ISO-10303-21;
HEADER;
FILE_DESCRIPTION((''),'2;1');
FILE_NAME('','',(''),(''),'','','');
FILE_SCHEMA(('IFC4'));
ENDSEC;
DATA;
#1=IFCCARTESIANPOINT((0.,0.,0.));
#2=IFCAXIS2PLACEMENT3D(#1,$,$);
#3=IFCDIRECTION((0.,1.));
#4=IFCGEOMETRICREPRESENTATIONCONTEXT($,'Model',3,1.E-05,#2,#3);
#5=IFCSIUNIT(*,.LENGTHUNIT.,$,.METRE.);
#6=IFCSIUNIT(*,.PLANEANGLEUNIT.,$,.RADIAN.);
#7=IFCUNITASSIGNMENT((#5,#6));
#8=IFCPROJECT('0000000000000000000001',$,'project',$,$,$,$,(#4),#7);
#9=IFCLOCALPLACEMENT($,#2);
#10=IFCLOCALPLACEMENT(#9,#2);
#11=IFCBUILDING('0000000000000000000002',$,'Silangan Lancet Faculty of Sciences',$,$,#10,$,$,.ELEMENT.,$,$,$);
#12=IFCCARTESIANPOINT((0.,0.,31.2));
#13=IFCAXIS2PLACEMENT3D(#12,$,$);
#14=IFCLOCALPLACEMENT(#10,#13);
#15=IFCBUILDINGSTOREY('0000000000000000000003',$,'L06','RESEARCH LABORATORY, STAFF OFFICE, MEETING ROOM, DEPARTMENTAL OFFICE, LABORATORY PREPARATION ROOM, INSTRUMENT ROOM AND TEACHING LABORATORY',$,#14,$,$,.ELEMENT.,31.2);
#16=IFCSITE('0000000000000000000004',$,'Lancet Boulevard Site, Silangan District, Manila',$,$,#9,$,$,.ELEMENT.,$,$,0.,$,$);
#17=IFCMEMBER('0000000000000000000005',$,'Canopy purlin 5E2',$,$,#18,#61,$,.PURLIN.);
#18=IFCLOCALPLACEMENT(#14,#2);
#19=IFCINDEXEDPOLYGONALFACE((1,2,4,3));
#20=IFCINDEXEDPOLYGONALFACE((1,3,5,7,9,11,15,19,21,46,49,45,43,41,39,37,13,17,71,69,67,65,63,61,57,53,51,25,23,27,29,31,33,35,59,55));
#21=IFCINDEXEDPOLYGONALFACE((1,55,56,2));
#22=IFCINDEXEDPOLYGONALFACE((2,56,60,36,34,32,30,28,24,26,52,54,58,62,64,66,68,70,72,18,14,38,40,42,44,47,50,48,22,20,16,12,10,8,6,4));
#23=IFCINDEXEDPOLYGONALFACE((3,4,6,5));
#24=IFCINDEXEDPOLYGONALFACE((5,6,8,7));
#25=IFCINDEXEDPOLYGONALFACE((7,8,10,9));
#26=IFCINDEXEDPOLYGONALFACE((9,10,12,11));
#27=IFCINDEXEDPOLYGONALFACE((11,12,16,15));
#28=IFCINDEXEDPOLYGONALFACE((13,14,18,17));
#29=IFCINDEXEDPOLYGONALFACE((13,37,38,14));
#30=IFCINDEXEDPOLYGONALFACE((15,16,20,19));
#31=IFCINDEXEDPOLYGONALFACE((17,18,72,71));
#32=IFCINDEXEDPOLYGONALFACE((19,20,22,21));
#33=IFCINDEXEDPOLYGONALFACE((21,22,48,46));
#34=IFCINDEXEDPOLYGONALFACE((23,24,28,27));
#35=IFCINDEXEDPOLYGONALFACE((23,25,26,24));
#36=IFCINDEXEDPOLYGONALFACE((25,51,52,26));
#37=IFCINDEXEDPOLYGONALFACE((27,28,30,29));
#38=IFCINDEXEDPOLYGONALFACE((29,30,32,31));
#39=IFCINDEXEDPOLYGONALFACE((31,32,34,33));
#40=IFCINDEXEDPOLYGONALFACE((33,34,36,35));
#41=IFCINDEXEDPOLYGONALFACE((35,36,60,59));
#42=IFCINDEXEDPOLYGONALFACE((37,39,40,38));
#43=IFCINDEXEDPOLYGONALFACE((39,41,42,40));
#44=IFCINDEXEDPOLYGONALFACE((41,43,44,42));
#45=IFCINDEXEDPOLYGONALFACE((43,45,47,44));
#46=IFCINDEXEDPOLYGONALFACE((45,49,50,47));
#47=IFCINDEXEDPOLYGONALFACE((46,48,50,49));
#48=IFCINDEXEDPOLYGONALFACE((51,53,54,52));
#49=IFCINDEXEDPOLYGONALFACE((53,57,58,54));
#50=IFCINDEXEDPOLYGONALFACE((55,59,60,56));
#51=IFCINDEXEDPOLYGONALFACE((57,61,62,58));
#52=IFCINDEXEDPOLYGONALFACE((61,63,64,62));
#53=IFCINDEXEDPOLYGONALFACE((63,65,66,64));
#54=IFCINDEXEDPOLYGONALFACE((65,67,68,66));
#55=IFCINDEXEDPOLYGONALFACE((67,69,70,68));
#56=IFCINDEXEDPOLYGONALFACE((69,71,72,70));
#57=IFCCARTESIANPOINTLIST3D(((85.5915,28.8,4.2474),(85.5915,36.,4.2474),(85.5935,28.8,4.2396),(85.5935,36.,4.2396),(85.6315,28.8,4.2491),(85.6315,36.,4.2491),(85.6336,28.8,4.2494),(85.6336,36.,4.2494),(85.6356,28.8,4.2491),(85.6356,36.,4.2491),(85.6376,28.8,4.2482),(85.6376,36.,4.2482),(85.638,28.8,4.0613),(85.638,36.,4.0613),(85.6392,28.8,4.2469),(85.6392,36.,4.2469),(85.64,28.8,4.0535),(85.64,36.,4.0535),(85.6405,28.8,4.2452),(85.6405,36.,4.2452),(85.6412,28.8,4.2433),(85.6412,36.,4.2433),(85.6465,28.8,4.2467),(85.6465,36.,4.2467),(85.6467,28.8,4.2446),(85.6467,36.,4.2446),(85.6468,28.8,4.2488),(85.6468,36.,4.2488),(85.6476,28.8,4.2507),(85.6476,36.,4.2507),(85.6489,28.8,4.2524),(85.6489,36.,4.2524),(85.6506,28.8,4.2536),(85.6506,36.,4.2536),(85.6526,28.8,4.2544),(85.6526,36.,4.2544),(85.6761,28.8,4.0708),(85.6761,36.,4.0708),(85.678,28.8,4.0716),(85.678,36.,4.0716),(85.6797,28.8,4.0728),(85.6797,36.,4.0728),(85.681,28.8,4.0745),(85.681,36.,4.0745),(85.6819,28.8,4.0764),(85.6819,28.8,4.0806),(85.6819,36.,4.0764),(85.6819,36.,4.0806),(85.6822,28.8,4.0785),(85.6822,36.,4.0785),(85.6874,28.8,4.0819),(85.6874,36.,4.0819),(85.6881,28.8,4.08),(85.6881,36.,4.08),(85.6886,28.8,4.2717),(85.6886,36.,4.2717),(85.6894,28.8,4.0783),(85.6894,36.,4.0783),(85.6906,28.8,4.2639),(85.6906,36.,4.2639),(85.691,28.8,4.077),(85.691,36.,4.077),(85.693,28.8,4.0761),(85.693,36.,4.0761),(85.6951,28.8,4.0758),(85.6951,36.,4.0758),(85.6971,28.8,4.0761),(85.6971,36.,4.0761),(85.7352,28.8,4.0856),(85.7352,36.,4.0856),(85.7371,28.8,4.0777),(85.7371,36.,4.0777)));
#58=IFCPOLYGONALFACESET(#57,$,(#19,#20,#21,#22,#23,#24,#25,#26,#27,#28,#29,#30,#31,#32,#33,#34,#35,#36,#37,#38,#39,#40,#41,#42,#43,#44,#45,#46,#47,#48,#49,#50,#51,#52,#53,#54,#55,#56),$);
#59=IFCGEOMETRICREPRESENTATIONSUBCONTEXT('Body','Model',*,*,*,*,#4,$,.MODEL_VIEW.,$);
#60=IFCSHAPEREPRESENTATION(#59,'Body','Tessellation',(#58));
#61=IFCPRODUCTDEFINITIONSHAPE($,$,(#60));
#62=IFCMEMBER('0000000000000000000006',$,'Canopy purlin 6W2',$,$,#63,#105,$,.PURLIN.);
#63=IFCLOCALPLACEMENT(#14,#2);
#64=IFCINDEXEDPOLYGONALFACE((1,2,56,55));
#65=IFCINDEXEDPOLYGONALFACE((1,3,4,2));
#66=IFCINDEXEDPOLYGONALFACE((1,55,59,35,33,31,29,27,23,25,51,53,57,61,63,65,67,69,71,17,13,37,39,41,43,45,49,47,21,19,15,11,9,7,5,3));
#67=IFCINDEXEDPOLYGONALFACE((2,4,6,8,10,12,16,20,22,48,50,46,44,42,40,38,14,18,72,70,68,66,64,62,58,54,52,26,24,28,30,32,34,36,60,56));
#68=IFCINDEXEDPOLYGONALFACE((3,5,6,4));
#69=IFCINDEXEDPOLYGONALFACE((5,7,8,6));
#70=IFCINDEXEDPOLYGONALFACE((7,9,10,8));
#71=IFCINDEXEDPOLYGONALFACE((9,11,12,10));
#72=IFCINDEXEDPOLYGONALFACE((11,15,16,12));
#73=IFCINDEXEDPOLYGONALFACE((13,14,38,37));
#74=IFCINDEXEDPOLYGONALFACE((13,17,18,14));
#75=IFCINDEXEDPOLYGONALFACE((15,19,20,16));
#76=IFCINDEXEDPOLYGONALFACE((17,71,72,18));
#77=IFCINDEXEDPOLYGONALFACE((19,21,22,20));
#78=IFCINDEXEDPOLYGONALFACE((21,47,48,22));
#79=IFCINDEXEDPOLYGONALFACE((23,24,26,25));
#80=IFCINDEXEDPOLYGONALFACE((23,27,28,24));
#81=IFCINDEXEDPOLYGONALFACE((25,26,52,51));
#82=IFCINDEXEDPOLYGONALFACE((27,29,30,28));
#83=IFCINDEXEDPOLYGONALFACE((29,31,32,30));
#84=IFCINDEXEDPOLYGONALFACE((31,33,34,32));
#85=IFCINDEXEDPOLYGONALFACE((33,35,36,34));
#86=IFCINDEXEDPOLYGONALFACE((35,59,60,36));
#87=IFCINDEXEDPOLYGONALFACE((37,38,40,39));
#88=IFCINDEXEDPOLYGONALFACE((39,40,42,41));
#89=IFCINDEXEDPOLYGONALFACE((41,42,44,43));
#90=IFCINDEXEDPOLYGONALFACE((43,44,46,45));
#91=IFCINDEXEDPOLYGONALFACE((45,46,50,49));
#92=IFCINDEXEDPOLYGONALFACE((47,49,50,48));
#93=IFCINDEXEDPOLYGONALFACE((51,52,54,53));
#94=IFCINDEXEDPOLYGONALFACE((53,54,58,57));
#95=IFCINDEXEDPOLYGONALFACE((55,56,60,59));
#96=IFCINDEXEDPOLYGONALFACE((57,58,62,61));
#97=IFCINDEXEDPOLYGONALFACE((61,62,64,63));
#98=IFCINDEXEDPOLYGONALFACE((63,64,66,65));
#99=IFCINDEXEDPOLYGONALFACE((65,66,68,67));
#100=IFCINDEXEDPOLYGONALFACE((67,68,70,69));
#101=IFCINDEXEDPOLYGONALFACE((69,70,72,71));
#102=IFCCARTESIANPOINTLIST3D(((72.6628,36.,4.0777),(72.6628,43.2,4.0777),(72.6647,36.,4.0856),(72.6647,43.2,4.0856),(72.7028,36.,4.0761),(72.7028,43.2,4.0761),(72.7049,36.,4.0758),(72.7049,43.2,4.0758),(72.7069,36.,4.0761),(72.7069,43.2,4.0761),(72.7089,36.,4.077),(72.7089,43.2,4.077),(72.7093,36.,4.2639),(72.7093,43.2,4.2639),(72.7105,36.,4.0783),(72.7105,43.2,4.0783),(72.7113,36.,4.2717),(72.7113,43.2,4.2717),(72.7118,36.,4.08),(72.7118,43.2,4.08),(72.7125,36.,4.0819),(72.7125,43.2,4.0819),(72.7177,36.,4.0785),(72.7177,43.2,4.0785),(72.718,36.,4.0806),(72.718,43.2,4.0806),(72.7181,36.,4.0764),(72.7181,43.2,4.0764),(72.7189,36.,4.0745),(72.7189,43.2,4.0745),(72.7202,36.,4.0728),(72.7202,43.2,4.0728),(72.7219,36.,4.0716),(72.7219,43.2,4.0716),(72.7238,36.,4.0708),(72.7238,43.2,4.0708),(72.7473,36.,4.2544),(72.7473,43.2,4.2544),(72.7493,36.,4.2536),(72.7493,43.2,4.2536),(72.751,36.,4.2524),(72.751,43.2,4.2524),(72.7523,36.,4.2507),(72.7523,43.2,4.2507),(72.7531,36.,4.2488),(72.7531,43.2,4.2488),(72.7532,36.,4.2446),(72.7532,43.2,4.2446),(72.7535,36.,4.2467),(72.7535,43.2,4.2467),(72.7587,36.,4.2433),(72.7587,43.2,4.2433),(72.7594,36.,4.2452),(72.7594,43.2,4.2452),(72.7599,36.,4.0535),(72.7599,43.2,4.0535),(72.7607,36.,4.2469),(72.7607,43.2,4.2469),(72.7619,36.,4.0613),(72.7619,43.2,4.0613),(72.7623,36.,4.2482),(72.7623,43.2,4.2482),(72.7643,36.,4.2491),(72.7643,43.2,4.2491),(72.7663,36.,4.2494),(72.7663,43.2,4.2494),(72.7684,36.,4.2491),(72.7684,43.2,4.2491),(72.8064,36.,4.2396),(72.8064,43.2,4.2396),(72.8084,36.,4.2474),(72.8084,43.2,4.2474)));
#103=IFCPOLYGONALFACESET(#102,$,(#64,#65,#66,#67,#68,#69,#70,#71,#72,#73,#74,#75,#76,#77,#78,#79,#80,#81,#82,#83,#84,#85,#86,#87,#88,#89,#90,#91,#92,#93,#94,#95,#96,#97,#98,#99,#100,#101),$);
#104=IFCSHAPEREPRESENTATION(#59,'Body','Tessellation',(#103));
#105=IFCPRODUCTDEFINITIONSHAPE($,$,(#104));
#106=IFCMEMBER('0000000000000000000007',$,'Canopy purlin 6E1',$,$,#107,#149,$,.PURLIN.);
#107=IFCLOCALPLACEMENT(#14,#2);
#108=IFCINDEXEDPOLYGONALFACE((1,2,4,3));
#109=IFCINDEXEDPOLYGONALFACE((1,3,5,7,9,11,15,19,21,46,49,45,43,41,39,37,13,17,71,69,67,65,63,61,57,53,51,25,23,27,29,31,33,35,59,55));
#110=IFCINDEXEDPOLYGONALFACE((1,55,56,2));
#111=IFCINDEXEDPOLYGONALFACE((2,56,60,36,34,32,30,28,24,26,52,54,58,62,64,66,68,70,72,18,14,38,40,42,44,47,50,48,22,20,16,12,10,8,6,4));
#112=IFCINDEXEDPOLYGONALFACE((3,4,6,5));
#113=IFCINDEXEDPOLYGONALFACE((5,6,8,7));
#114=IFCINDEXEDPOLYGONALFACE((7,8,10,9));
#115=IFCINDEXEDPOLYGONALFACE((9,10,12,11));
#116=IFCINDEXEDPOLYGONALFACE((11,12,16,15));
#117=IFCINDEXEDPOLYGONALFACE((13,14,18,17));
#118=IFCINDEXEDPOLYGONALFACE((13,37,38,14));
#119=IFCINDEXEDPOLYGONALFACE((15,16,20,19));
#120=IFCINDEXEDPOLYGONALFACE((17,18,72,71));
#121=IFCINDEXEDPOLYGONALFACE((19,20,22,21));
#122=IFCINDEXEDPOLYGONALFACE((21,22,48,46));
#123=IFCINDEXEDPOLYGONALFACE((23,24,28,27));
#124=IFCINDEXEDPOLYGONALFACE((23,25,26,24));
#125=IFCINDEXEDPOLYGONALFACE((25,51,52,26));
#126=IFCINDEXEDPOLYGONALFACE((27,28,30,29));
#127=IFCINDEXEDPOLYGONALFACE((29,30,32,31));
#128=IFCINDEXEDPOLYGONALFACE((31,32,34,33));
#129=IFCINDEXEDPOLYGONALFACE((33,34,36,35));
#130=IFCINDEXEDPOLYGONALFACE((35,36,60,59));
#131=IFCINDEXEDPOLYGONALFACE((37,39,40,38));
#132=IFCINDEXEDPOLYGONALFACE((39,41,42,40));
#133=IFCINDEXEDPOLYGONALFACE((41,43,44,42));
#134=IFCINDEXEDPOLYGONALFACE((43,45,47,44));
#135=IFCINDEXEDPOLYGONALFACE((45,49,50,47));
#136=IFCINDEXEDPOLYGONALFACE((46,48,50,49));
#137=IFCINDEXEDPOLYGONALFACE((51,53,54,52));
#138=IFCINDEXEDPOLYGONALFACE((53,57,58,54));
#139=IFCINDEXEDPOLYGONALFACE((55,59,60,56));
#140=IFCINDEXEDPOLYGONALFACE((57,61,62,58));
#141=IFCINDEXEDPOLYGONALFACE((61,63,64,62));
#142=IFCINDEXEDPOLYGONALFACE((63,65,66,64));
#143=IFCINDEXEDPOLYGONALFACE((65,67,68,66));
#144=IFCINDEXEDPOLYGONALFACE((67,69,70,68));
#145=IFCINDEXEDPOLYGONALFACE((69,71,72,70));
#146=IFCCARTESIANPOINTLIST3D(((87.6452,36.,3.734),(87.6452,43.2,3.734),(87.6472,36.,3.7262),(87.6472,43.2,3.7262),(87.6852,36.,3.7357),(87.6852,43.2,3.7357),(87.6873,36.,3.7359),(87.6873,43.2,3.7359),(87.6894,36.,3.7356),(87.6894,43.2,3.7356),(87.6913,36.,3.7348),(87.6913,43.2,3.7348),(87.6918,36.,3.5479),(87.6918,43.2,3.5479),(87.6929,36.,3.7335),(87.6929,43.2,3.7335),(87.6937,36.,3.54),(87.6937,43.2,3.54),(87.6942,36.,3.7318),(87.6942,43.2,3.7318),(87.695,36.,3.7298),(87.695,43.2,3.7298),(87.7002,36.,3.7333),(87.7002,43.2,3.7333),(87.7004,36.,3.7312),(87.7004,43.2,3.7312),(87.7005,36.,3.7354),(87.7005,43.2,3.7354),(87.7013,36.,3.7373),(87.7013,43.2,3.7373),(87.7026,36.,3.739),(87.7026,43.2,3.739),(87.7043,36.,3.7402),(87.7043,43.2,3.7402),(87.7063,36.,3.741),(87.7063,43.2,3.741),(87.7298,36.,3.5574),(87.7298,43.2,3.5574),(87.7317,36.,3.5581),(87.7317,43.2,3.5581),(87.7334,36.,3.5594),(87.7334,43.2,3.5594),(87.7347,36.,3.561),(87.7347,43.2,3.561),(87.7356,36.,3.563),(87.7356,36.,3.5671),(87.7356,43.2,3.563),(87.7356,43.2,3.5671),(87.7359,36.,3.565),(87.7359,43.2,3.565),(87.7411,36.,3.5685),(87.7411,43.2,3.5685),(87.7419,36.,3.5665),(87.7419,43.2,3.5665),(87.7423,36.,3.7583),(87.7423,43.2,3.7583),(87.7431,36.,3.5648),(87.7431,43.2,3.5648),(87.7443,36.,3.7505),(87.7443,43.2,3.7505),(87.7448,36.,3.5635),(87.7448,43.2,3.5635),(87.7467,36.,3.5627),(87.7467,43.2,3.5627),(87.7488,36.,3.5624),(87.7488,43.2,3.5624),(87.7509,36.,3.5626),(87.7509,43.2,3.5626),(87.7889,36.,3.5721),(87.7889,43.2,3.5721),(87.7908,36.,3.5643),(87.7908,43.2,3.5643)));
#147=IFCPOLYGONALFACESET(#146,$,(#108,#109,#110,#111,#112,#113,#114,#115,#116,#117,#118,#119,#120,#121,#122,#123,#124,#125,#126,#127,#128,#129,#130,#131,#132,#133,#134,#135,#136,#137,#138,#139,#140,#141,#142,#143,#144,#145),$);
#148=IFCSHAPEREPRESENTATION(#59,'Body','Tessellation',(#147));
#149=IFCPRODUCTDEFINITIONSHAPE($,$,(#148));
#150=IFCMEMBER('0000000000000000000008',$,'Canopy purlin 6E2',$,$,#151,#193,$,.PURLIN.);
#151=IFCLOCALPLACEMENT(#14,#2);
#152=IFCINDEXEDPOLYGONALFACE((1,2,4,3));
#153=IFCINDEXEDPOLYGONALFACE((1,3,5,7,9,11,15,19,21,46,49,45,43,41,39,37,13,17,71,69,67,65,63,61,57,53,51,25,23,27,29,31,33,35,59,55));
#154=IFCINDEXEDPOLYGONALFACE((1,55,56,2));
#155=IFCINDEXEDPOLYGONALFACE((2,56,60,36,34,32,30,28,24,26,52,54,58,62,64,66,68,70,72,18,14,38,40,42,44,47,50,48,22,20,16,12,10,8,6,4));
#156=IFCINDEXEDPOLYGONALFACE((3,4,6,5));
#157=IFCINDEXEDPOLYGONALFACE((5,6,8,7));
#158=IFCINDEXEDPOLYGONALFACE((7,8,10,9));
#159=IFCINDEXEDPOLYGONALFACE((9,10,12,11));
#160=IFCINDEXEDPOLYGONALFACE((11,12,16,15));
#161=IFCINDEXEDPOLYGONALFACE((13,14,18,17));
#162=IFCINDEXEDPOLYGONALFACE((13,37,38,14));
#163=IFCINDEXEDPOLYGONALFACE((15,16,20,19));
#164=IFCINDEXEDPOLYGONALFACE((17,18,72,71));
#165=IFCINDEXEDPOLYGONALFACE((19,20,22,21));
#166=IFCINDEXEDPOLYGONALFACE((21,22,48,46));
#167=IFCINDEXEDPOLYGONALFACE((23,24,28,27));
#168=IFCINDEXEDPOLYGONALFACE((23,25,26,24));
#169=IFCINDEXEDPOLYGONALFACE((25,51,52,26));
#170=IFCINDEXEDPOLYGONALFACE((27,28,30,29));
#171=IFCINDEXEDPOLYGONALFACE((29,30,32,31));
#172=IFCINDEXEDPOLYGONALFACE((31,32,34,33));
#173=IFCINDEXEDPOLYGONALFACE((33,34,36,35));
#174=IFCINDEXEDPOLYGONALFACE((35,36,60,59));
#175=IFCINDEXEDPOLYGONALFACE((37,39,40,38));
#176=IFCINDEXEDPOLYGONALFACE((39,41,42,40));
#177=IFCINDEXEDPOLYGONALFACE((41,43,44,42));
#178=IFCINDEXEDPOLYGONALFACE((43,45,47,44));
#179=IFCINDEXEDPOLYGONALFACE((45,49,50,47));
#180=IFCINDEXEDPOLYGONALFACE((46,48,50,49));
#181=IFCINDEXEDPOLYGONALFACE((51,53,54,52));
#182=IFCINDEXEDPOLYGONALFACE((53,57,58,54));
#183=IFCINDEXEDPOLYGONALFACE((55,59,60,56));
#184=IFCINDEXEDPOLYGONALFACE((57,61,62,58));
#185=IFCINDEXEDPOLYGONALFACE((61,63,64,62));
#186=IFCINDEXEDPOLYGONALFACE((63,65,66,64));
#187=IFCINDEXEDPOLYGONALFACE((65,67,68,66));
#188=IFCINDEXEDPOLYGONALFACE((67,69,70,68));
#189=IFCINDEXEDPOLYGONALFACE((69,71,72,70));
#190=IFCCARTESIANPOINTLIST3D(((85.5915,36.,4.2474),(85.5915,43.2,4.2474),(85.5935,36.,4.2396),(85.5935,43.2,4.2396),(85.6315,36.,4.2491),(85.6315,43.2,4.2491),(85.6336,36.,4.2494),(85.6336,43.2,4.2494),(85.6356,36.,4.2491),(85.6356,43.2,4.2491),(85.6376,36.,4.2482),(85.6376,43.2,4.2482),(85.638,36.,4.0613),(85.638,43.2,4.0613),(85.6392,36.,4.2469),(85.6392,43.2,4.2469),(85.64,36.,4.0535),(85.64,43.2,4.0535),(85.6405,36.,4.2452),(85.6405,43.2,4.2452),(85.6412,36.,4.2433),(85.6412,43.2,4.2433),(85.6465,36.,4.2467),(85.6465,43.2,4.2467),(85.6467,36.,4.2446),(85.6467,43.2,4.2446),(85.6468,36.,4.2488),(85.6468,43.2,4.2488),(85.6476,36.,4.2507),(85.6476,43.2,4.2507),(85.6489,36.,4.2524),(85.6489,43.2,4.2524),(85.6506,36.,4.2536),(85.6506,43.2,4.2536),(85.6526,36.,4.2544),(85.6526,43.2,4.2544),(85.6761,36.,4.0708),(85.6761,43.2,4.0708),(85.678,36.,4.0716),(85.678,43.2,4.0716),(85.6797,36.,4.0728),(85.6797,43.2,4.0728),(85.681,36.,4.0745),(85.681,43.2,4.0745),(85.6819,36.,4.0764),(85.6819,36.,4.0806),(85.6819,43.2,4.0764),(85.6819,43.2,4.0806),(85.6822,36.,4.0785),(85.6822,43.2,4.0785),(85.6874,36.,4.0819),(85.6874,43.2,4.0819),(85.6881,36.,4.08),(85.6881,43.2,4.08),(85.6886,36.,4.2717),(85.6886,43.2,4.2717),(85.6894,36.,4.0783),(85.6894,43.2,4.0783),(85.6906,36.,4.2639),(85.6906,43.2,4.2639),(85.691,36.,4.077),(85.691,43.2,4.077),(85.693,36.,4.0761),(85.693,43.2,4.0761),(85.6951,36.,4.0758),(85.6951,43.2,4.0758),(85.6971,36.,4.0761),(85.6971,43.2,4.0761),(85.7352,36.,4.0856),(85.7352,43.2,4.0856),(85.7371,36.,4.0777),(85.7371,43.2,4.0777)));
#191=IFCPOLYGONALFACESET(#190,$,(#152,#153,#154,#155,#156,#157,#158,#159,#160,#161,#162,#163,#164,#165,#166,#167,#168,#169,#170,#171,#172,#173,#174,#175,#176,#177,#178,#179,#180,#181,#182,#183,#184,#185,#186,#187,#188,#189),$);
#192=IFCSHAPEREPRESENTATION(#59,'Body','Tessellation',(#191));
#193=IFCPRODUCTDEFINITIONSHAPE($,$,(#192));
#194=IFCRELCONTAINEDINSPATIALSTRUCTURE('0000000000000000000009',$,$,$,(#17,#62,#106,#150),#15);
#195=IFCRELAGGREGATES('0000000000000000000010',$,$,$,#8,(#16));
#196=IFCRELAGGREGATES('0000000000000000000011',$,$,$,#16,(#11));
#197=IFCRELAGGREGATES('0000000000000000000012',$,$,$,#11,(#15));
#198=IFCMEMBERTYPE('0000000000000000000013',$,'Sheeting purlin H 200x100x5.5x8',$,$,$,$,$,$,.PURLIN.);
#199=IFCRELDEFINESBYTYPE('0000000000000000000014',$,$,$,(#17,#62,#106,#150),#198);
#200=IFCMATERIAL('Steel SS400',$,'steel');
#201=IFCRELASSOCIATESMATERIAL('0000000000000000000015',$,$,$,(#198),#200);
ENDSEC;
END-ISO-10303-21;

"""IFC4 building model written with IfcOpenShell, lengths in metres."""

from ifc_helpers import new_model, si_unit, direction, frame, origin, origin_2d, place, context, subcontext, project, spatial, i_section, extrude, material, material_profile, profile_set, type_object, element, save


model = new_model("IFC4")

# Units and contexts
model_context = context("Model", 3, precision=1e-05, world=origin(), true_north=direction((0.0, 1.0)))
body_context = subcontext(model_context, "Body", "Model", "MODEL_VIEW")
ifc_project = project(units=[si_unit("LENGTHUNIT", "METRE"), si_unit("PLANEANGLEUNIT", "RADIAN")], contexts=[model_context])

# Site, building, storey
site_placement = place(None, origin())
site = spatial("IfcSite", under=ifc_project, at=site_placement, Name="Lancet Boulevard Site, Silangan District, Manila", CompositionType="ELEMENT", RefElevation=0.0)
building_placement = place(site_placement, origin())
building = spatial("IfcBuilding", under=site, at=building_placement, Name="Silangan Lancet Faculty of Sciences", CompositionType="ELEMENT")
storey_placement = place(building_placement, frame((0.0, 0.0, 31.2)))
storey = spatial("IfcBuildingStorey", under=building, at=storey_placement, Name="L06", Description="RESEARCH LABORATORY, STAFF OFFICE, MEETING ROOM, DEPARTMENTAL OFFICE, LABORATORY PREPARATION ROOM, INSTRUMENT ROOM AND TEACHING LABORATORY", CompositionType="ELEMENT", Elevation=31.2)

# Members
ifc_material_1 = material(Name="Steel SS400", Category="steel")
ifc_material_profile_1 = material_profile(ifc_material_1, i_section(OverallWidth=0.1001, OverallDepth=0.2, WebThickness=0.0056, FlangeThickness=0.0081, FilletRadius=0.0081, at=origin_2d()), Name="H 200x100x5.5x8")
ifc_profile_set_1 = profile_set([ifc_material_profile_1], Name="Steel SS400")
member_type_1 = type_object("IfcMemberType", Name="Sheeting purlin H 200x100x5.5x8", PredefinedType="PURLIN", material=ifc_profile_set_1)
for number, where, z_axis, x_axis, name in (
    (1, (85.6643, 28.8, 4.1626), (0.0, 1.0, 0.0), (-0.970143, 0.0, -0.242536), "Canopy purlin 5E2"),
    (2, (72.7356, 36.0, 4.1626), (0.0, 1.0, 0.0), (-0.970143, 0.0, 0.242536), "Canopy purlin 6W2"),
    (3, (87.718, 36.0, 3.6492), (0.0, 1.0, 0.0), (-0.970143, 0.0, -0.242536), "Canopy purlin 6E1"),
    (4, (85.6643, 36.0, 4.1626), (0.0, 1.0, 0.0), (-0.970143, 0.0, -0.242536), "Canopy purlin 6E2"),
):
    element("IfcMember", number, at=place(storey_placement, frame(where, z_axis=z_axis, x_axis=x_axis)), inside=storey, type_object=member_type_1, Name=name, PredefinedType="PURLIN", context=body_context, shape_type="SweptSolid", body=[
        extrude(i_section(OverallWidth=0.1001, OverallDepth=0.2, WebThickness=0.0056, FlangeThickness=0.0081, FilletRadius=0.0081, at=origin_2d()), origin(), (0.0, 0.0, 1.0), 7.2),
    ])

save(model, "model.ifc")
